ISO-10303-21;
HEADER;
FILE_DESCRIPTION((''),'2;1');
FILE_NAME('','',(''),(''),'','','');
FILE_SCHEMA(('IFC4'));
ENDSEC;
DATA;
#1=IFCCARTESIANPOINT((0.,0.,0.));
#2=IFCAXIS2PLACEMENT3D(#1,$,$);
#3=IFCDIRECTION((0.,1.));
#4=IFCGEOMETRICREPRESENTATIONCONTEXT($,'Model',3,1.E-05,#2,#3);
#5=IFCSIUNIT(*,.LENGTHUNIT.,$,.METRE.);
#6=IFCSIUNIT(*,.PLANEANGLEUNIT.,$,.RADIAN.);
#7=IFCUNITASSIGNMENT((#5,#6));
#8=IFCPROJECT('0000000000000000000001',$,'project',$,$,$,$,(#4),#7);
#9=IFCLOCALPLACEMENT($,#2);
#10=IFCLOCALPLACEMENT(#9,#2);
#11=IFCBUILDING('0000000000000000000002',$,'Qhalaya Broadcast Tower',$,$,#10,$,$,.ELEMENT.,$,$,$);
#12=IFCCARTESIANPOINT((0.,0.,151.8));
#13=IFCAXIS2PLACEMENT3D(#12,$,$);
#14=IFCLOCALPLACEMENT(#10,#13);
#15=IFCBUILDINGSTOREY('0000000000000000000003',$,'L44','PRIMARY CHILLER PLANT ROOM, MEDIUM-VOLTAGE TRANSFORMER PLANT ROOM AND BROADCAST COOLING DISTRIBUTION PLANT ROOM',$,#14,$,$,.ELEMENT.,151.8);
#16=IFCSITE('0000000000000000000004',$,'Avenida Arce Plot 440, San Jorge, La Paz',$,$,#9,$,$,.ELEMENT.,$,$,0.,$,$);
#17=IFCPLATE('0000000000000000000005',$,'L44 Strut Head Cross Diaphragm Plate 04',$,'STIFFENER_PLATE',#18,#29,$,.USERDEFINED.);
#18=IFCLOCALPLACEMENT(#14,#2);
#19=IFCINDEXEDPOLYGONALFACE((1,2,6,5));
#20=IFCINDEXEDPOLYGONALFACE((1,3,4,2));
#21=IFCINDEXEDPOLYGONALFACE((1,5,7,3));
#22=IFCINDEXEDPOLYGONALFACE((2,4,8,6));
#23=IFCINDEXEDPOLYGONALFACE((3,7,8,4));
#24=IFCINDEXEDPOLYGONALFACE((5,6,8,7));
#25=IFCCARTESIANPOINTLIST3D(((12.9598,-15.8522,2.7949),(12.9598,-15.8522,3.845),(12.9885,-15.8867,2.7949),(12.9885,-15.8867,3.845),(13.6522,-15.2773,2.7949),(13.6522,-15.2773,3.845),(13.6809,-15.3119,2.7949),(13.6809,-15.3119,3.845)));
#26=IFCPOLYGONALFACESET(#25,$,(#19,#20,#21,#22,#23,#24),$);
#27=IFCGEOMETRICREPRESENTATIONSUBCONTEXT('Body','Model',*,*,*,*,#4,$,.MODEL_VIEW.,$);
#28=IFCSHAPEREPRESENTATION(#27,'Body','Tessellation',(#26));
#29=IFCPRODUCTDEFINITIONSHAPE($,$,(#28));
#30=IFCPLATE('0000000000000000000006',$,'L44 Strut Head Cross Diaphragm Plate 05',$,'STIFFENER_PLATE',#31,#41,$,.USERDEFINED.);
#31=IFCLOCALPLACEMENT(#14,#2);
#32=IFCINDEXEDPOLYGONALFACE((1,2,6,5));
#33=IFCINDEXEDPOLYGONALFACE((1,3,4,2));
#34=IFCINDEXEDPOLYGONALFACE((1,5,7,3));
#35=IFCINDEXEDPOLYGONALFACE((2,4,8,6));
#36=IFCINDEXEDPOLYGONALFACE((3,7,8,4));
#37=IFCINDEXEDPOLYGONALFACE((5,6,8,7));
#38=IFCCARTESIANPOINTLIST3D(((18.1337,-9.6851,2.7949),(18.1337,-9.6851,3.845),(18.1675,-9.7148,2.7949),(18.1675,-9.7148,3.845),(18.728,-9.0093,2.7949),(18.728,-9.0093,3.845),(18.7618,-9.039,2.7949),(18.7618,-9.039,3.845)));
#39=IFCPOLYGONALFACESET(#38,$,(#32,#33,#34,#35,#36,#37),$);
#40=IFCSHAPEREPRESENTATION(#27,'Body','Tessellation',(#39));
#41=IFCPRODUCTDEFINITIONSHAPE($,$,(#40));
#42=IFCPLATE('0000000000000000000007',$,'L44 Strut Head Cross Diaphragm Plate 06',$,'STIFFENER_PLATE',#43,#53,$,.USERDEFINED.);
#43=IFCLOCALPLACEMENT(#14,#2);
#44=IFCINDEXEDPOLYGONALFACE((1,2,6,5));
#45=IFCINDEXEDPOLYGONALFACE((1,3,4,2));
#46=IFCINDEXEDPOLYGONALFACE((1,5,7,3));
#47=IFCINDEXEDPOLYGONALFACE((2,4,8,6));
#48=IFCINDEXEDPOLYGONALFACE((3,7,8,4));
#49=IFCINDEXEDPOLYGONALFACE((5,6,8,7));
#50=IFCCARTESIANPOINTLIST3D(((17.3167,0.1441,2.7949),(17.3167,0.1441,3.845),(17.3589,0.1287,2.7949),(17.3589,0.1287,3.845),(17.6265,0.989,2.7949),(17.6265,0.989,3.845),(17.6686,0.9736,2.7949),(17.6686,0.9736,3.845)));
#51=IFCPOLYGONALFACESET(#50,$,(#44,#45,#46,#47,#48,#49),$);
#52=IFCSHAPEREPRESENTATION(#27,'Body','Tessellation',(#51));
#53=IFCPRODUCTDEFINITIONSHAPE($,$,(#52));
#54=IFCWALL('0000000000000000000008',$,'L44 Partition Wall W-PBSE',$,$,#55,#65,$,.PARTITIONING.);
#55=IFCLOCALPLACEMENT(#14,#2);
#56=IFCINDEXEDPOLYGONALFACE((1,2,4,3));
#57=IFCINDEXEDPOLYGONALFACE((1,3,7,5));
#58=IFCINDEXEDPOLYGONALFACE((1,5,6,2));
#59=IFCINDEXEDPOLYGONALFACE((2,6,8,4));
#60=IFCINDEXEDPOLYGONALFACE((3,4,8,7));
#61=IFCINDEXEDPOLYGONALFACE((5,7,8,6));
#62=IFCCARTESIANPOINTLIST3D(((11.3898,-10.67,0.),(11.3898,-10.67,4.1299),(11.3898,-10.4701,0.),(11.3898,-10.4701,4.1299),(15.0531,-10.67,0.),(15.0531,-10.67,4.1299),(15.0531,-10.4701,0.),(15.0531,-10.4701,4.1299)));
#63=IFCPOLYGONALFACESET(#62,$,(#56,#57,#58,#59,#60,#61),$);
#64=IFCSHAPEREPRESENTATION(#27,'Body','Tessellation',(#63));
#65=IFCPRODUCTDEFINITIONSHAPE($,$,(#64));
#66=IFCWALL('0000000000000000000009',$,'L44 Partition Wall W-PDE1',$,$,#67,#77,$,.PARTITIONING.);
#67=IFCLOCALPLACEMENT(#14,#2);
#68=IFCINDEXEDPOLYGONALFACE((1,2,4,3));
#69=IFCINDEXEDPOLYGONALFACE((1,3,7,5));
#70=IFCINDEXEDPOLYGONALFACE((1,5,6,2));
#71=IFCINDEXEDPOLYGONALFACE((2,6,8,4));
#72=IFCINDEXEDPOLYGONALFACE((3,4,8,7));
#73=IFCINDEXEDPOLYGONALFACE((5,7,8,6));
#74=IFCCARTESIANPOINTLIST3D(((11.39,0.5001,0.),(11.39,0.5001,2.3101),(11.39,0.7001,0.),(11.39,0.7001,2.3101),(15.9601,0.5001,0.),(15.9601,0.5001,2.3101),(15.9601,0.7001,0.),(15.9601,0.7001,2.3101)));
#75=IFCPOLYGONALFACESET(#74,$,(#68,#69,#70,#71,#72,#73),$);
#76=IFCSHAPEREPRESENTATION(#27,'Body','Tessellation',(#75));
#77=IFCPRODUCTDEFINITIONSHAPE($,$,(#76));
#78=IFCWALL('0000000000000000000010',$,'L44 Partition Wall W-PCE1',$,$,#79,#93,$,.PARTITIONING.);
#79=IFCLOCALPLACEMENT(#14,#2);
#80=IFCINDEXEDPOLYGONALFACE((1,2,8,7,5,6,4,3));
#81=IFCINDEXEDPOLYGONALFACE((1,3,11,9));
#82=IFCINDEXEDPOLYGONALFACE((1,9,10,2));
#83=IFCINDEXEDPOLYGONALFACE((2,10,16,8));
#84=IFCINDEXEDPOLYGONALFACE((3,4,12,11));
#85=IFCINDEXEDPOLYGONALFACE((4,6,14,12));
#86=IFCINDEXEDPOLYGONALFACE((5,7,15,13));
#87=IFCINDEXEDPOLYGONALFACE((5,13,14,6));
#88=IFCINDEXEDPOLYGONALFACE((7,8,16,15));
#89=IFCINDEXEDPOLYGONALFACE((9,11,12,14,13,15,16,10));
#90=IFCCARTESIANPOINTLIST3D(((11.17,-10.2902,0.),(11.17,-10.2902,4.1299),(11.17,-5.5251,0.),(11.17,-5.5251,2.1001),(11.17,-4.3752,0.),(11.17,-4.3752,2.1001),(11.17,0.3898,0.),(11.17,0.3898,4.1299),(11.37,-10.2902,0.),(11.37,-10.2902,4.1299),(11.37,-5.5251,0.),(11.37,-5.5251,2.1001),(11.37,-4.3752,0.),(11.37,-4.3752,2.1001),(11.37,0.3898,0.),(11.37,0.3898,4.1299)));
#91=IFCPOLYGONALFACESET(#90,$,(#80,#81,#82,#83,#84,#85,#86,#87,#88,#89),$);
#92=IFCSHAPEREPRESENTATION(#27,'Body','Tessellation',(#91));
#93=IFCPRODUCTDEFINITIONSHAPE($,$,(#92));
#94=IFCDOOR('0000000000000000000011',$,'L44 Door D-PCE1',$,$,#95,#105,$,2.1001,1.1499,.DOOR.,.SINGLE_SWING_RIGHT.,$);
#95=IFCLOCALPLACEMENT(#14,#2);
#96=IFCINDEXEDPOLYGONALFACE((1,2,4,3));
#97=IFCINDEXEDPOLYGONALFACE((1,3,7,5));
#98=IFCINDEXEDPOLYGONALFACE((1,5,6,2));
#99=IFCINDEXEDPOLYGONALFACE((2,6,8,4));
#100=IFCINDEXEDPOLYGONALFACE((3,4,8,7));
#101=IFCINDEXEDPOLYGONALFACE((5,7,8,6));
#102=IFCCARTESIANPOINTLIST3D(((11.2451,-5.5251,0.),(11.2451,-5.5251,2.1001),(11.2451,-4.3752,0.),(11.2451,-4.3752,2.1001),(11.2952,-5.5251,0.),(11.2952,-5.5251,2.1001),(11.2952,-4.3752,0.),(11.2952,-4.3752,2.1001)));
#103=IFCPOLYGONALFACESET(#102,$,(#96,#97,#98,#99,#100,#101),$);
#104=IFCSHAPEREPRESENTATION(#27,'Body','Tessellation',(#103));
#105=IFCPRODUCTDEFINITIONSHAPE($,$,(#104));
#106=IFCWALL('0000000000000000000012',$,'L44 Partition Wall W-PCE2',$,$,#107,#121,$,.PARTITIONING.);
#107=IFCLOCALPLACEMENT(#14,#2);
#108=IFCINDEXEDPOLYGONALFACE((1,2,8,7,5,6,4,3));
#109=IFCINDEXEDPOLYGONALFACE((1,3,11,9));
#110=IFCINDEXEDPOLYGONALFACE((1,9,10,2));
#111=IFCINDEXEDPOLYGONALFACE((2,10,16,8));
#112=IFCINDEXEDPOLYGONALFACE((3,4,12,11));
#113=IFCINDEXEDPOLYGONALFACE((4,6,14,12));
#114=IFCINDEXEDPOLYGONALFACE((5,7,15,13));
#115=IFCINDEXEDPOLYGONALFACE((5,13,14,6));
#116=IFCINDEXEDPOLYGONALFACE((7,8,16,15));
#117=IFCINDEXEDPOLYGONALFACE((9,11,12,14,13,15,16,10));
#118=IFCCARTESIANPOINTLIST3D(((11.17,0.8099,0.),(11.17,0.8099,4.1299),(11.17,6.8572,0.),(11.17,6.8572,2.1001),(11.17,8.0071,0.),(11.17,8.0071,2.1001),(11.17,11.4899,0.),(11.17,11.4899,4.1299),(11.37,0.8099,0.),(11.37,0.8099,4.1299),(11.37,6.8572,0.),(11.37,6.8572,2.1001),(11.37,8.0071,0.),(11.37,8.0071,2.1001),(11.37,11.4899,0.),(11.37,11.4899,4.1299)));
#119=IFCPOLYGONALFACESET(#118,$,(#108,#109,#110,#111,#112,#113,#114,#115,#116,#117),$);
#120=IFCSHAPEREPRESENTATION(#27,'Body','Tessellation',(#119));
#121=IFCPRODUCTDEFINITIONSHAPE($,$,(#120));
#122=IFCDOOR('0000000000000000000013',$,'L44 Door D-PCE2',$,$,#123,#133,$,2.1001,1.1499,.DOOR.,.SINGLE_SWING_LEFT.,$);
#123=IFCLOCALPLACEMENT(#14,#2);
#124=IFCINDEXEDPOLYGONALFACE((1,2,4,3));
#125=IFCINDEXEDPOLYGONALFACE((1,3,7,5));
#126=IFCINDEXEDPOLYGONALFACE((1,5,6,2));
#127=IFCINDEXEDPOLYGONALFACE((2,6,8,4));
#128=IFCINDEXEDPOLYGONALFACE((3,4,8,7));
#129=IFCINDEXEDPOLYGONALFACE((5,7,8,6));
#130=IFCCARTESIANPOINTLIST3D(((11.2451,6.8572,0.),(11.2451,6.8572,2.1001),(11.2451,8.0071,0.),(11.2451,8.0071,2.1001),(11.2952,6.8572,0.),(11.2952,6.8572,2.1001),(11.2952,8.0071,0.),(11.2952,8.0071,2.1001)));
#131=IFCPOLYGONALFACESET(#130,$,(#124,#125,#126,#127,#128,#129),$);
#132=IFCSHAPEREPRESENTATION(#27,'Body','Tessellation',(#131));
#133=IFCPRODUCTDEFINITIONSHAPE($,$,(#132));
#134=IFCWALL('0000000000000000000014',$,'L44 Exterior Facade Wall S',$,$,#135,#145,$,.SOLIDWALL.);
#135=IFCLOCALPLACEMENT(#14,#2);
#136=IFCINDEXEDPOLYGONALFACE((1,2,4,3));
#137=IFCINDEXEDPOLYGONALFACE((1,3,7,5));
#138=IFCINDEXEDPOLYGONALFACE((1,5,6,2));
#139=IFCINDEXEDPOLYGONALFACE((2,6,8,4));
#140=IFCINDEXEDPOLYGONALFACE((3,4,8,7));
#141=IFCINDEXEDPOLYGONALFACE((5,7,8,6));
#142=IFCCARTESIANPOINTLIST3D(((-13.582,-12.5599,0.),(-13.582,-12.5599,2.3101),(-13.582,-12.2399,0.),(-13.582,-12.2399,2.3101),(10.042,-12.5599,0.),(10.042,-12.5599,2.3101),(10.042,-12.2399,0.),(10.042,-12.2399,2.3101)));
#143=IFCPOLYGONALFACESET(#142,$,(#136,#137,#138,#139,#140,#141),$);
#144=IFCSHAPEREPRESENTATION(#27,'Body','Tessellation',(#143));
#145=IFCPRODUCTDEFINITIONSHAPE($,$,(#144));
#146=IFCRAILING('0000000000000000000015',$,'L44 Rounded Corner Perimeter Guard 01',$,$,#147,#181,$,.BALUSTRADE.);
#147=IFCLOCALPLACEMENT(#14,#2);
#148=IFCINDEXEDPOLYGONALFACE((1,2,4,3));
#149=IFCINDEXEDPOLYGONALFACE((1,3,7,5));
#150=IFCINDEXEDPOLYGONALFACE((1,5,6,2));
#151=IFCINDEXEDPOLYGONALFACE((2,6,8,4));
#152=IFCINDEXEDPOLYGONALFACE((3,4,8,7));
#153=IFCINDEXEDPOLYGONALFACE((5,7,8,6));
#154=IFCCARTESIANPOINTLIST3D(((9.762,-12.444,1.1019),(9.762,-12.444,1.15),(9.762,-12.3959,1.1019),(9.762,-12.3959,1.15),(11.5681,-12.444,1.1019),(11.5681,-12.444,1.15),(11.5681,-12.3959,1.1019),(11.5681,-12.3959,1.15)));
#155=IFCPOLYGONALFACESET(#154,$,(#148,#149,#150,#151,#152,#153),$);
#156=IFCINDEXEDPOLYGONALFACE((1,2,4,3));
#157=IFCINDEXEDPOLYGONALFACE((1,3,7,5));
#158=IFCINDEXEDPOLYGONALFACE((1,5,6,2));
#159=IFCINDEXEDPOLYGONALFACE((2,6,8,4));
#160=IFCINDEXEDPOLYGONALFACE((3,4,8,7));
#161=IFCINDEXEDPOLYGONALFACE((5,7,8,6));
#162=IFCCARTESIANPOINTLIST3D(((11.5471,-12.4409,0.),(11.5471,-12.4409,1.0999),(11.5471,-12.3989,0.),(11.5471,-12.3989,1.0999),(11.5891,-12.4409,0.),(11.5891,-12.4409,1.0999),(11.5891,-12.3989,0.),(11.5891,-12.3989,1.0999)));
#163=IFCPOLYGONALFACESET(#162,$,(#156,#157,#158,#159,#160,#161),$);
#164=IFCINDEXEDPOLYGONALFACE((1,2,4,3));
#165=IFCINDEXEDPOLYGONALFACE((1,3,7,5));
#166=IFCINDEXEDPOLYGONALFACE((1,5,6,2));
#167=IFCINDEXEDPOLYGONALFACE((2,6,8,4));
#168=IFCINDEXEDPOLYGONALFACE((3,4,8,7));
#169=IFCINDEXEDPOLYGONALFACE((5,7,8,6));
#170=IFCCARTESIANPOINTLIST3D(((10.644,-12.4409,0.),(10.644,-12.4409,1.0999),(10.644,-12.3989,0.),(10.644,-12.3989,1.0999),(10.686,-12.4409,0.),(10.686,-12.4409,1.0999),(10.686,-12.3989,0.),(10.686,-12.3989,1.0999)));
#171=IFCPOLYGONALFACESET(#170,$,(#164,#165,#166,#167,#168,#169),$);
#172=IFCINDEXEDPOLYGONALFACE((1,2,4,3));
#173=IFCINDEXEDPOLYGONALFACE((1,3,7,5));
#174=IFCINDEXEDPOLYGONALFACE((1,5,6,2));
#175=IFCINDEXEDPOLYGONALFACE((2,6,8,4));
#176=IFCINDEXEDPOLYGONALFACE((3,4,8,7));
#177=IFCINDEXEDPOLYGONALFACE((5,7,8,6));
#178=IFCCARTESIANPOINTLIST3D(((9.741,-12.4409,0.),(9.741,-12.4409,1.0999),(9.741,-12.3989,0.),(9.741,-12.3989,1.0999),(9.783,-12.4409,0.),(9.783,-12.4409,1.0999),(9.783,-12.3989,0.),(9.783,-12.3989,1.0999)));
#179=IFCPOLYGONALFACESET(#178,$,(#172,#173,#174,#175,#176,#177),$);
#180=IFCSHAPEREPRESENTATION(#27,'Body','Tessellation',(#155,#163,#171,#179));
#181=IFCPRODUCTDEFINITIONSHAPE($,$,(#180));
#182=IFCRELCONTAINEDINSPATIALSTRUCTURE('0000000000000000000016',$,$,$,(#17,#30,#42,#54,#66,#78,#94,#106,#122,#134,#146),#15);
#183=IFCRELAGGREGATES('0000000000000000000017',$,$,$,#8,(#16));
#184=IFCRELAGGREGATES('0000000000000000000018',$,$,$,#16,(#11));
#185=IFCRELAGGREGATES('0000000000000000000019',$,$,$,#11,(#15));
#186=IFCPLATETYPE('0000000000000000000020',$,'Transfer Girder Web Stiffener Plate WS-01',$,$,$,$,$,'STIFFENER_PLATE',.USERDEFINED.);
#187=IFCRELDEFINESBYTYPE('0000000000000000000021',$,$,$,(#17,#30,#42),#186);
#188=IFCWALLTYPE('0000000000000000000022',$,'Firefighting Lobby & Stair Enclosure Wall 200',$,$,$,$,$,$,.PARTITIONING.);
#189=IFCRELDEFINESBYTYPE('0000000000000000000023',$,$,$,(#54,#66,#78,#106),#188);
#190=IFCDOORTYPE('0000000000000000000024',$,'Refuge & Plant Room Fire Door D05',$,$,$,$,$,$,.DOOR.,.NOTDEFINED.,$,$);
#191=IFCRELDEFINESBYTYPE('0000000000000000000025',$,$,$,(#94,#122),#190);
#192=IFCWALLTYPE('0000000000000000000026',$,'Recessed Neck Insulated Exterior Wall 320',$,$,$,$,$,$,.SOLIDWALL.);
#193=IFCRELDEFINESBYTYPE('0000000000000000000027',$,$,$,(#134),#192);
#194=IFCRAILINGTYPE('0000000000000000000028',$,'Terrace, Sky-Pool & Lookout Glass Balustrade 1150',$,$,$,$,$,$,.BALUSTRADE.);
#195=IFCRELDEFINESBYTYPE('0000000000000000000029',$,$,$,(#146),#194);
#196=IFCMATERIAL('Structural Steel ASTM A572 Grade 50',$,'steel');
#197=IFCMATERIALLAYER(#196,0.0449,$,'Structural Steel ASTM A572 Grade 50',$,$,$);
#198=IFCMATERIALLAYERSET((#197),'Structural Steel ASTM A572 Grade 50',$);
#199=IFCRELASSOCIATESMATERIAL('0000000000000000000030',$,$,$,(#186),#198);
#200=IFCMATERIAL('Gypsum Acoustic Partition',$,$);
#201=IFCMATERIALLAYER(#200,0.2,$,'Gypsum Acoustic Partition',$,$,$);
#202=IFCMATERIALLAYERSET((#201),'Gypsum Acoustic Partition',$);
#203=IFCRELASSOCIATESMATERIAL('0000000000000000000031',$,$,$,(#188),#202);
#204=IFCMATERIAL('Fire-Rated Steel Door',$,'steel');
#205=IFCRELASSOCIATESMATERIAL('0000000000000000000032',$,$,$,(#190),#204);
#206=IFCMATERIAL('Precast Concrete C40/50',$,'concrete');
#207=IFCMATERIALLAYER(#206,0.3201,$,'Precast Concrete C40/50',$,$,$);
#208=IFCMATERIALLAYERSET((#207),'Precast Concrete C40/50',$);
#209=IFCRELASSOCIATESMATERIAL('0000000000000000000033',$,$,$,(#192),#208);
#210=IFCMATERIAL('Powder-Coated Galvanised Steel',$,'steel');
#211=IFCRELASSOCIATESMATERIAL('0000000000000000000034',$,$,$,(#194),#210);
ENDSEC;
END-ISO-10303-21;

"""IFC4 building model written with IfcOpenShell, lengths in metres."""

from ifc_helpers import new_model, si_unit, direction, frame, frame_2d, origin, origin_2d, place, context, subcontext, project, spatial, rectangle, extrude, material, layer, layer_set, type_object, element, fill, save


model = new_model("IFC4")

# Units and contexts
model_context = context("Model", 3, precision=1e-05, world=origin(), true_north=direction((0.0, 1.0)))
body_context = subcontext(model_context, "Body", "Model", "MODEL_VIEW")
ifc_project = project(units=[si_unit("LENGTHUNIT", "METRE"), si_unit("PLANEANGLEUNIT", "RADIAN")], contexts=[model_context])

# Site, building, storey
site_placement = place(None, origin())
site = spatial("IfcSite", under=ifc_project, at=site_placement, Name="Avenida Arce Plot 440, San Jorge, La Paz", CompositionType="ELEMENT", RefElevation=0.0)
building_placement = place(site_placement, origin())
building = spatial("IfcBuilding", under=site, at=building_placement, Name="Qhalaya Broadcast Tower", CompositionType="ELEMENT")
storey_placement = place(building_placement, frame((0.0, 0.0, 151.8)))
storey = spatial("IfcBuildingStorey", under=building, at=storey_placement, Name="L44", Description="PRIMARY CHILLER PLANT ROOM, MEDIUM-VOLTAGE TRANSFORMER PLANT ROOM AND BROADCAST COOLING DISTRIBUTION PLANT ROOM", CompositionType="ELEMENT", Elevation=151.8)

# Shared definitions
ifc_material_1 = material(Name="Structural Steel ASTM A572 Grade 50", Category="steel")

# Plates
ifc_layer_1 = layer(ifc_material_1, 0.0449, Name="Structural Steel ASTM A572 Grade 50")
ifc_layer_set_1 = layer_set([ifc_layer_1], Name="Structural Steel ASTM A572 Grade 50")
plate_type_1 = type_object("IfcPlateType", Name="Transfer Girder Web Stiffener Plate WS-01", ElementType="STIFFENER_PLATE", PredefinedType="USERDEFINED", material=ifc_layer_set_1)
for number, where, z_axis, x_axis, name in (
    (1, (13.3203, -15.582, 2.7949), (0.0, 0.0, 1.0), (0.769422, 0.638741, 0.0), "L44 Strut Head Cross Diaphragm Plate 04"),
    (2, (18.4478, -9.3621, 2.7949), (0.0, 0.0, 1.0), (0.660382, 0.75093, 0.0), "L44 Strut Head Cross Diaphragm Plate 05"),
    (3, (17.4927, 0.5588, 2.7949), (0.0, 0.0, 1.0), (0.344217, 0.93889, 0.0), "L44 Strut Head Cross Diaphragm Plate 06"),
):
    element("IfcPlate", number, at=place(storey_placement, frame(where, z_axis=z_axis, x_axis=x_axis)), inside=storey, type_object=plate_type_1, Name=name, ObjectType="STIFFENER_PLATE", PredefinedType="USERDEFINED", context=body_context, shape_type="SweptSolid", body=[
        extrude(rectangle(XDim=0.8999, YDim=0.0449, at=origin_2d()), origin(), (0.0, 0.0, 1.0), 1.05),
    ])

# Walls
ifc_material_2 = material(Name="Gypsum Acoustic Partition")
ifc_layer_2 = layer(ifc_material_2, 0.2, Name="Gypsum Acoustic Partition")
ifc_layer_set_2 = layer_set([ifc_layer_2], Name="Gypsum Acoustic Partition")
wall_type_1 = type_object("IfcWallType", Name="Firefighting Lobby & Stair Enclosure Wall 200", PredefinedType="PARTITIONING", material=ifc_layer_set_2)
wall_1_placement = place(storey_placement, frame((11.3899, -10.5701, 0.0), z_axis=(0.0, 0.0, 1.0), x_axis=(1.0, 0.0, 0.0)))
element("IfcWall", 4, at=wall_1_placement, inside=storey, type_object=wall_type_1, Name="L44 Partition Wall W-PBSE", PredefinedType="PARTITIONING", context=body_context, shape_type="SweptSolid", body=[
    extrude(rectangle(XDim=3.6633, YDim=0.2, at=frame_2d((1.8315, 0.0))), origin(), (0.0, 0.0, 1.0), 4.1299),
])
wall_2_placement = place(storey_placement, frame((11.3899, 0.6001, 0.0), z_axis=(0.0, 0.0, 1.0), x_axis=(1.0, 0.0, 0.0)))
element("IfcWall", 5, at=wall_2_placement, inside=storey, type_object=wall_type_1, Name="L44 Partition Wall W-PDE1", PredefinedType="PARTITIONING", context=body_context, shape_type="SweptSolid", body=[
    extrude(rectangle(XDim=4.5701, YDim=0.2, at=frame_2d((2.2852, 0.0))), origin(), (0.0, 0.0, 1.0), 2.3101),
])

# Walls, openings, doors
wall_3_placement = place(storey_placement, frame((11.27, -10.29, 0.0), z_axis=(0.0, 0.0, 1.0), x_axis=(0.0, 1.0, 0.0)))
wall_3 = element("IfcWall", 6, at=wall_3_placement, inside=storey, type_object=wall_type_1, Name="L44 Partition Wall W-PCE1", PredefinedType="PARTITIONING", context=body_context, shape_type="SweptSolid", body=[
    extrude(rectangle(XDim=10.6799, YDim=0.2, at=frame_2d((5.3398, 0.0))), origin(), (0.0, 0.0, 1.0), 4.1299),
])
opening_1_placement = place(wall_3_placement, frame((4.7649, 0.0, 0.0)))
opening_1 = element("IfcOpeningElement", 7, at=opening_1_placement, cuts=wall_3, PredefinedType="OPENING", context=body_context, shape_type="SweptSolid", body=[
    extrude(rectangle(XDim=1.1499, YDim=2.1001, at=frame_2d((0.575, 1.05))), frame((0.0, 0.1121, 0.0), z_axis=(0.0, -1.0, 0.0), x_axis=(1.0, 0.0, 0.0)), (0.0, 0.0, 1.0), 0.2239),
])
ifc_material_3 = material(Name="Fire-Rated Steel Door", Category="steel")
door_type = type_object("IfcDoorType", Name="Refuge & Plant Room Fire Door D05", OperationType="NOTDEFINED", PredefinedType="DOOR", material=ifc_material_3)
door_1_placement = place(opening_1_placement, origin())
door_1 = element("IfcDoor", 8, at=door_1_placement, inside=storey, type_object=door_type, Name="L44 Door D-PCE1", OperationType="SINGLE_SWING_RIGHT", OverallHeight=2.1001, OverallWidth=1.1499, PredefinedType="DOOR", context=body_context, shape_type="SweptSolid", body=[
    extrude(rectangle(XDim=1.1499, YDim=2.1001, at=frame_2d((0.575, 1.05))), frame((0.0, 0.0249, 0.0), z_axis=(0.0, -1.0, 0.0), x_axis=(1.0, 0.0, 0.0)), (0.0, 0.0, 1.0), 0.05),
])
fill(opening_1, door_1)
wall_4_placement = place(storey_placement, frame((11.27, 0.8101, 0.0), z_axis=(0.0, 0.0, 1.0), x_axis=(0.0, 1.0, 0.0)))
wall_4 = element("IfcWall", 9, at=wall_4_placement, inside=storey, type_object=wall_type_1, Name="L44 Partition Wall W-PCE2", PredefinedType="PARTITIONING", context=body_context, shape_type="SweptSolid", body=[
    extrude(rectangle(XDim=10.6799, YDim=0.2, at=frame_2d((5.3398, 0.0))), origin(), (0.0, 0.0, 1.0), 4.1299),
])
opening_2_placement = place(wall_4_placement, frame((6.0471, 0.0, 0.0)))
opening_2 = element("IfcOpeningElement", 10, at=opening_2_placement, cuts=wall_4, PredefinedType="OPENING", context=body_context, shape_type="SweptSolid", body=[
    extrude(rectangle(XDim=1.1499, YDim=2.1001, at=frame_2d((0.575, 1.05))), frame((0.0, 0.1121, 0.0), z_axis=(0.0, -1.0, 0.0), x_axis=(1.0, 0.0, 0.0)), (0.0, 0.0, 1.0), 0.2239),
])
door_2_placement = place(opening_2_placement, origin())
door_2 = element("IfcDoor", 11, at=door_2_placement, inside=storey, type_object=door_type, Name="L44 Door D-PCE2", OperationType="SINGLE_SWING_LEFT", OverallHeight=2.1001, OverallWidth=1.1499, PredefinedType="DOOR", context=body_context, shape_type="SweptSolid", body=[
    extrude(rectangle(XDim=1.1499, YDim=2.1001, at=frame_2d((0.575, 1.05))), frame((0.0, 0.0249, 0.0), z_axis=(0.0, -1.0, 0.0), x_axis=(1.0, 0.0, 0.0)), (0.0, 0.0, 1.0), 0.05),
])
fill(opening_2, door_2)

# Wall
ifc_material_4 = material(Name="Precast Concrete C40/50", Category="concrete")
ifc_layer_3 = layer(ifc_material_4, 0.3201, Name="Precast Concrete C40/50")
ifc_layer_set_3 = layer_set([ifc_layer_3], Name="Precast Concrete C40/50")
wall_type_2 = type_object("IfcWallType", Name="Recessed Neck Insulated Exterior Wall 320", PredefinedType="SOLIDWALL", material=ifc_layer_set_3)
wall_5_placement = place(storey_placement, frame((10.042, -12.3999, 0.0), z_axis=(0.0, 0.0, 1.0), x_axis=(-1.0, 0.0, 0.0)))
element("IfcWall", 12, at=wall_5_placement, inside=storey, type_object=wall_type_2, Name="L44 Exterior Facade Wall S", PredefinedType="SOLIDWALL", context=body_context, shape_type="SweptSolid", body=[
    extrude(rectangle(XDim=23.624, YDim=0.3201, at=frame_2d((11.812, 0.0))), origin(), (0.0, 0.0, 1.0), 2.3101),
])

# Railing
ifc_material_5 = material(Name="Powder-Coated Galvanised Steel", Category="steel")
railing_type = type_object("IfcRailingType", Name="Terrace, Sky-Pool & Lookout Glass Balustrade 1150", PredefinedType="BALUSTRADE", material=ifc_material_5)
railing_1_placement = place(storey_placement, frame((11.5681, -12.4199, 0.0)))
element("IfcRailing", 13, at=railing_1_placement, inside=storey, type_object=railing_type, Name="L44 Rounded Corner Perimeter Guard 01", PredefinedType="BALUSTRADE", context=body_context, shape_type="SweptSolid", body=[
    extrude(rectangle(XDim=0.0481, YDim=0.0481, at=origin_2d()), frame((0.0, 0.0, 1.126), z_axis=(-1.0, 0.0, 0.0), x_axis=(0.0, -1.0, 0.0)), (0.0, 0.0, 1.0), 1.8062),
    extrude(rectangle(XDim=0.042, YDim=0.042, at=origin_2d()), origin(), (0.0, 0.0, 1.0), 1.0999),
    extrude(rectangle(XDim=0.042, YDim=0.042, at=origin_2d()), frame((-0.9031, 0.0, 0.0)), (0.0, 0.0, 1.0), 1.0999),
    extrude(rectangle(XDim=0.042, YDim=0.042, at=origin_2d()), frame((-1.8062, 0.0, 0.0)), (0.0, 0.0, 1.0), 1.0999),
])

save(model, "model.ifc")
